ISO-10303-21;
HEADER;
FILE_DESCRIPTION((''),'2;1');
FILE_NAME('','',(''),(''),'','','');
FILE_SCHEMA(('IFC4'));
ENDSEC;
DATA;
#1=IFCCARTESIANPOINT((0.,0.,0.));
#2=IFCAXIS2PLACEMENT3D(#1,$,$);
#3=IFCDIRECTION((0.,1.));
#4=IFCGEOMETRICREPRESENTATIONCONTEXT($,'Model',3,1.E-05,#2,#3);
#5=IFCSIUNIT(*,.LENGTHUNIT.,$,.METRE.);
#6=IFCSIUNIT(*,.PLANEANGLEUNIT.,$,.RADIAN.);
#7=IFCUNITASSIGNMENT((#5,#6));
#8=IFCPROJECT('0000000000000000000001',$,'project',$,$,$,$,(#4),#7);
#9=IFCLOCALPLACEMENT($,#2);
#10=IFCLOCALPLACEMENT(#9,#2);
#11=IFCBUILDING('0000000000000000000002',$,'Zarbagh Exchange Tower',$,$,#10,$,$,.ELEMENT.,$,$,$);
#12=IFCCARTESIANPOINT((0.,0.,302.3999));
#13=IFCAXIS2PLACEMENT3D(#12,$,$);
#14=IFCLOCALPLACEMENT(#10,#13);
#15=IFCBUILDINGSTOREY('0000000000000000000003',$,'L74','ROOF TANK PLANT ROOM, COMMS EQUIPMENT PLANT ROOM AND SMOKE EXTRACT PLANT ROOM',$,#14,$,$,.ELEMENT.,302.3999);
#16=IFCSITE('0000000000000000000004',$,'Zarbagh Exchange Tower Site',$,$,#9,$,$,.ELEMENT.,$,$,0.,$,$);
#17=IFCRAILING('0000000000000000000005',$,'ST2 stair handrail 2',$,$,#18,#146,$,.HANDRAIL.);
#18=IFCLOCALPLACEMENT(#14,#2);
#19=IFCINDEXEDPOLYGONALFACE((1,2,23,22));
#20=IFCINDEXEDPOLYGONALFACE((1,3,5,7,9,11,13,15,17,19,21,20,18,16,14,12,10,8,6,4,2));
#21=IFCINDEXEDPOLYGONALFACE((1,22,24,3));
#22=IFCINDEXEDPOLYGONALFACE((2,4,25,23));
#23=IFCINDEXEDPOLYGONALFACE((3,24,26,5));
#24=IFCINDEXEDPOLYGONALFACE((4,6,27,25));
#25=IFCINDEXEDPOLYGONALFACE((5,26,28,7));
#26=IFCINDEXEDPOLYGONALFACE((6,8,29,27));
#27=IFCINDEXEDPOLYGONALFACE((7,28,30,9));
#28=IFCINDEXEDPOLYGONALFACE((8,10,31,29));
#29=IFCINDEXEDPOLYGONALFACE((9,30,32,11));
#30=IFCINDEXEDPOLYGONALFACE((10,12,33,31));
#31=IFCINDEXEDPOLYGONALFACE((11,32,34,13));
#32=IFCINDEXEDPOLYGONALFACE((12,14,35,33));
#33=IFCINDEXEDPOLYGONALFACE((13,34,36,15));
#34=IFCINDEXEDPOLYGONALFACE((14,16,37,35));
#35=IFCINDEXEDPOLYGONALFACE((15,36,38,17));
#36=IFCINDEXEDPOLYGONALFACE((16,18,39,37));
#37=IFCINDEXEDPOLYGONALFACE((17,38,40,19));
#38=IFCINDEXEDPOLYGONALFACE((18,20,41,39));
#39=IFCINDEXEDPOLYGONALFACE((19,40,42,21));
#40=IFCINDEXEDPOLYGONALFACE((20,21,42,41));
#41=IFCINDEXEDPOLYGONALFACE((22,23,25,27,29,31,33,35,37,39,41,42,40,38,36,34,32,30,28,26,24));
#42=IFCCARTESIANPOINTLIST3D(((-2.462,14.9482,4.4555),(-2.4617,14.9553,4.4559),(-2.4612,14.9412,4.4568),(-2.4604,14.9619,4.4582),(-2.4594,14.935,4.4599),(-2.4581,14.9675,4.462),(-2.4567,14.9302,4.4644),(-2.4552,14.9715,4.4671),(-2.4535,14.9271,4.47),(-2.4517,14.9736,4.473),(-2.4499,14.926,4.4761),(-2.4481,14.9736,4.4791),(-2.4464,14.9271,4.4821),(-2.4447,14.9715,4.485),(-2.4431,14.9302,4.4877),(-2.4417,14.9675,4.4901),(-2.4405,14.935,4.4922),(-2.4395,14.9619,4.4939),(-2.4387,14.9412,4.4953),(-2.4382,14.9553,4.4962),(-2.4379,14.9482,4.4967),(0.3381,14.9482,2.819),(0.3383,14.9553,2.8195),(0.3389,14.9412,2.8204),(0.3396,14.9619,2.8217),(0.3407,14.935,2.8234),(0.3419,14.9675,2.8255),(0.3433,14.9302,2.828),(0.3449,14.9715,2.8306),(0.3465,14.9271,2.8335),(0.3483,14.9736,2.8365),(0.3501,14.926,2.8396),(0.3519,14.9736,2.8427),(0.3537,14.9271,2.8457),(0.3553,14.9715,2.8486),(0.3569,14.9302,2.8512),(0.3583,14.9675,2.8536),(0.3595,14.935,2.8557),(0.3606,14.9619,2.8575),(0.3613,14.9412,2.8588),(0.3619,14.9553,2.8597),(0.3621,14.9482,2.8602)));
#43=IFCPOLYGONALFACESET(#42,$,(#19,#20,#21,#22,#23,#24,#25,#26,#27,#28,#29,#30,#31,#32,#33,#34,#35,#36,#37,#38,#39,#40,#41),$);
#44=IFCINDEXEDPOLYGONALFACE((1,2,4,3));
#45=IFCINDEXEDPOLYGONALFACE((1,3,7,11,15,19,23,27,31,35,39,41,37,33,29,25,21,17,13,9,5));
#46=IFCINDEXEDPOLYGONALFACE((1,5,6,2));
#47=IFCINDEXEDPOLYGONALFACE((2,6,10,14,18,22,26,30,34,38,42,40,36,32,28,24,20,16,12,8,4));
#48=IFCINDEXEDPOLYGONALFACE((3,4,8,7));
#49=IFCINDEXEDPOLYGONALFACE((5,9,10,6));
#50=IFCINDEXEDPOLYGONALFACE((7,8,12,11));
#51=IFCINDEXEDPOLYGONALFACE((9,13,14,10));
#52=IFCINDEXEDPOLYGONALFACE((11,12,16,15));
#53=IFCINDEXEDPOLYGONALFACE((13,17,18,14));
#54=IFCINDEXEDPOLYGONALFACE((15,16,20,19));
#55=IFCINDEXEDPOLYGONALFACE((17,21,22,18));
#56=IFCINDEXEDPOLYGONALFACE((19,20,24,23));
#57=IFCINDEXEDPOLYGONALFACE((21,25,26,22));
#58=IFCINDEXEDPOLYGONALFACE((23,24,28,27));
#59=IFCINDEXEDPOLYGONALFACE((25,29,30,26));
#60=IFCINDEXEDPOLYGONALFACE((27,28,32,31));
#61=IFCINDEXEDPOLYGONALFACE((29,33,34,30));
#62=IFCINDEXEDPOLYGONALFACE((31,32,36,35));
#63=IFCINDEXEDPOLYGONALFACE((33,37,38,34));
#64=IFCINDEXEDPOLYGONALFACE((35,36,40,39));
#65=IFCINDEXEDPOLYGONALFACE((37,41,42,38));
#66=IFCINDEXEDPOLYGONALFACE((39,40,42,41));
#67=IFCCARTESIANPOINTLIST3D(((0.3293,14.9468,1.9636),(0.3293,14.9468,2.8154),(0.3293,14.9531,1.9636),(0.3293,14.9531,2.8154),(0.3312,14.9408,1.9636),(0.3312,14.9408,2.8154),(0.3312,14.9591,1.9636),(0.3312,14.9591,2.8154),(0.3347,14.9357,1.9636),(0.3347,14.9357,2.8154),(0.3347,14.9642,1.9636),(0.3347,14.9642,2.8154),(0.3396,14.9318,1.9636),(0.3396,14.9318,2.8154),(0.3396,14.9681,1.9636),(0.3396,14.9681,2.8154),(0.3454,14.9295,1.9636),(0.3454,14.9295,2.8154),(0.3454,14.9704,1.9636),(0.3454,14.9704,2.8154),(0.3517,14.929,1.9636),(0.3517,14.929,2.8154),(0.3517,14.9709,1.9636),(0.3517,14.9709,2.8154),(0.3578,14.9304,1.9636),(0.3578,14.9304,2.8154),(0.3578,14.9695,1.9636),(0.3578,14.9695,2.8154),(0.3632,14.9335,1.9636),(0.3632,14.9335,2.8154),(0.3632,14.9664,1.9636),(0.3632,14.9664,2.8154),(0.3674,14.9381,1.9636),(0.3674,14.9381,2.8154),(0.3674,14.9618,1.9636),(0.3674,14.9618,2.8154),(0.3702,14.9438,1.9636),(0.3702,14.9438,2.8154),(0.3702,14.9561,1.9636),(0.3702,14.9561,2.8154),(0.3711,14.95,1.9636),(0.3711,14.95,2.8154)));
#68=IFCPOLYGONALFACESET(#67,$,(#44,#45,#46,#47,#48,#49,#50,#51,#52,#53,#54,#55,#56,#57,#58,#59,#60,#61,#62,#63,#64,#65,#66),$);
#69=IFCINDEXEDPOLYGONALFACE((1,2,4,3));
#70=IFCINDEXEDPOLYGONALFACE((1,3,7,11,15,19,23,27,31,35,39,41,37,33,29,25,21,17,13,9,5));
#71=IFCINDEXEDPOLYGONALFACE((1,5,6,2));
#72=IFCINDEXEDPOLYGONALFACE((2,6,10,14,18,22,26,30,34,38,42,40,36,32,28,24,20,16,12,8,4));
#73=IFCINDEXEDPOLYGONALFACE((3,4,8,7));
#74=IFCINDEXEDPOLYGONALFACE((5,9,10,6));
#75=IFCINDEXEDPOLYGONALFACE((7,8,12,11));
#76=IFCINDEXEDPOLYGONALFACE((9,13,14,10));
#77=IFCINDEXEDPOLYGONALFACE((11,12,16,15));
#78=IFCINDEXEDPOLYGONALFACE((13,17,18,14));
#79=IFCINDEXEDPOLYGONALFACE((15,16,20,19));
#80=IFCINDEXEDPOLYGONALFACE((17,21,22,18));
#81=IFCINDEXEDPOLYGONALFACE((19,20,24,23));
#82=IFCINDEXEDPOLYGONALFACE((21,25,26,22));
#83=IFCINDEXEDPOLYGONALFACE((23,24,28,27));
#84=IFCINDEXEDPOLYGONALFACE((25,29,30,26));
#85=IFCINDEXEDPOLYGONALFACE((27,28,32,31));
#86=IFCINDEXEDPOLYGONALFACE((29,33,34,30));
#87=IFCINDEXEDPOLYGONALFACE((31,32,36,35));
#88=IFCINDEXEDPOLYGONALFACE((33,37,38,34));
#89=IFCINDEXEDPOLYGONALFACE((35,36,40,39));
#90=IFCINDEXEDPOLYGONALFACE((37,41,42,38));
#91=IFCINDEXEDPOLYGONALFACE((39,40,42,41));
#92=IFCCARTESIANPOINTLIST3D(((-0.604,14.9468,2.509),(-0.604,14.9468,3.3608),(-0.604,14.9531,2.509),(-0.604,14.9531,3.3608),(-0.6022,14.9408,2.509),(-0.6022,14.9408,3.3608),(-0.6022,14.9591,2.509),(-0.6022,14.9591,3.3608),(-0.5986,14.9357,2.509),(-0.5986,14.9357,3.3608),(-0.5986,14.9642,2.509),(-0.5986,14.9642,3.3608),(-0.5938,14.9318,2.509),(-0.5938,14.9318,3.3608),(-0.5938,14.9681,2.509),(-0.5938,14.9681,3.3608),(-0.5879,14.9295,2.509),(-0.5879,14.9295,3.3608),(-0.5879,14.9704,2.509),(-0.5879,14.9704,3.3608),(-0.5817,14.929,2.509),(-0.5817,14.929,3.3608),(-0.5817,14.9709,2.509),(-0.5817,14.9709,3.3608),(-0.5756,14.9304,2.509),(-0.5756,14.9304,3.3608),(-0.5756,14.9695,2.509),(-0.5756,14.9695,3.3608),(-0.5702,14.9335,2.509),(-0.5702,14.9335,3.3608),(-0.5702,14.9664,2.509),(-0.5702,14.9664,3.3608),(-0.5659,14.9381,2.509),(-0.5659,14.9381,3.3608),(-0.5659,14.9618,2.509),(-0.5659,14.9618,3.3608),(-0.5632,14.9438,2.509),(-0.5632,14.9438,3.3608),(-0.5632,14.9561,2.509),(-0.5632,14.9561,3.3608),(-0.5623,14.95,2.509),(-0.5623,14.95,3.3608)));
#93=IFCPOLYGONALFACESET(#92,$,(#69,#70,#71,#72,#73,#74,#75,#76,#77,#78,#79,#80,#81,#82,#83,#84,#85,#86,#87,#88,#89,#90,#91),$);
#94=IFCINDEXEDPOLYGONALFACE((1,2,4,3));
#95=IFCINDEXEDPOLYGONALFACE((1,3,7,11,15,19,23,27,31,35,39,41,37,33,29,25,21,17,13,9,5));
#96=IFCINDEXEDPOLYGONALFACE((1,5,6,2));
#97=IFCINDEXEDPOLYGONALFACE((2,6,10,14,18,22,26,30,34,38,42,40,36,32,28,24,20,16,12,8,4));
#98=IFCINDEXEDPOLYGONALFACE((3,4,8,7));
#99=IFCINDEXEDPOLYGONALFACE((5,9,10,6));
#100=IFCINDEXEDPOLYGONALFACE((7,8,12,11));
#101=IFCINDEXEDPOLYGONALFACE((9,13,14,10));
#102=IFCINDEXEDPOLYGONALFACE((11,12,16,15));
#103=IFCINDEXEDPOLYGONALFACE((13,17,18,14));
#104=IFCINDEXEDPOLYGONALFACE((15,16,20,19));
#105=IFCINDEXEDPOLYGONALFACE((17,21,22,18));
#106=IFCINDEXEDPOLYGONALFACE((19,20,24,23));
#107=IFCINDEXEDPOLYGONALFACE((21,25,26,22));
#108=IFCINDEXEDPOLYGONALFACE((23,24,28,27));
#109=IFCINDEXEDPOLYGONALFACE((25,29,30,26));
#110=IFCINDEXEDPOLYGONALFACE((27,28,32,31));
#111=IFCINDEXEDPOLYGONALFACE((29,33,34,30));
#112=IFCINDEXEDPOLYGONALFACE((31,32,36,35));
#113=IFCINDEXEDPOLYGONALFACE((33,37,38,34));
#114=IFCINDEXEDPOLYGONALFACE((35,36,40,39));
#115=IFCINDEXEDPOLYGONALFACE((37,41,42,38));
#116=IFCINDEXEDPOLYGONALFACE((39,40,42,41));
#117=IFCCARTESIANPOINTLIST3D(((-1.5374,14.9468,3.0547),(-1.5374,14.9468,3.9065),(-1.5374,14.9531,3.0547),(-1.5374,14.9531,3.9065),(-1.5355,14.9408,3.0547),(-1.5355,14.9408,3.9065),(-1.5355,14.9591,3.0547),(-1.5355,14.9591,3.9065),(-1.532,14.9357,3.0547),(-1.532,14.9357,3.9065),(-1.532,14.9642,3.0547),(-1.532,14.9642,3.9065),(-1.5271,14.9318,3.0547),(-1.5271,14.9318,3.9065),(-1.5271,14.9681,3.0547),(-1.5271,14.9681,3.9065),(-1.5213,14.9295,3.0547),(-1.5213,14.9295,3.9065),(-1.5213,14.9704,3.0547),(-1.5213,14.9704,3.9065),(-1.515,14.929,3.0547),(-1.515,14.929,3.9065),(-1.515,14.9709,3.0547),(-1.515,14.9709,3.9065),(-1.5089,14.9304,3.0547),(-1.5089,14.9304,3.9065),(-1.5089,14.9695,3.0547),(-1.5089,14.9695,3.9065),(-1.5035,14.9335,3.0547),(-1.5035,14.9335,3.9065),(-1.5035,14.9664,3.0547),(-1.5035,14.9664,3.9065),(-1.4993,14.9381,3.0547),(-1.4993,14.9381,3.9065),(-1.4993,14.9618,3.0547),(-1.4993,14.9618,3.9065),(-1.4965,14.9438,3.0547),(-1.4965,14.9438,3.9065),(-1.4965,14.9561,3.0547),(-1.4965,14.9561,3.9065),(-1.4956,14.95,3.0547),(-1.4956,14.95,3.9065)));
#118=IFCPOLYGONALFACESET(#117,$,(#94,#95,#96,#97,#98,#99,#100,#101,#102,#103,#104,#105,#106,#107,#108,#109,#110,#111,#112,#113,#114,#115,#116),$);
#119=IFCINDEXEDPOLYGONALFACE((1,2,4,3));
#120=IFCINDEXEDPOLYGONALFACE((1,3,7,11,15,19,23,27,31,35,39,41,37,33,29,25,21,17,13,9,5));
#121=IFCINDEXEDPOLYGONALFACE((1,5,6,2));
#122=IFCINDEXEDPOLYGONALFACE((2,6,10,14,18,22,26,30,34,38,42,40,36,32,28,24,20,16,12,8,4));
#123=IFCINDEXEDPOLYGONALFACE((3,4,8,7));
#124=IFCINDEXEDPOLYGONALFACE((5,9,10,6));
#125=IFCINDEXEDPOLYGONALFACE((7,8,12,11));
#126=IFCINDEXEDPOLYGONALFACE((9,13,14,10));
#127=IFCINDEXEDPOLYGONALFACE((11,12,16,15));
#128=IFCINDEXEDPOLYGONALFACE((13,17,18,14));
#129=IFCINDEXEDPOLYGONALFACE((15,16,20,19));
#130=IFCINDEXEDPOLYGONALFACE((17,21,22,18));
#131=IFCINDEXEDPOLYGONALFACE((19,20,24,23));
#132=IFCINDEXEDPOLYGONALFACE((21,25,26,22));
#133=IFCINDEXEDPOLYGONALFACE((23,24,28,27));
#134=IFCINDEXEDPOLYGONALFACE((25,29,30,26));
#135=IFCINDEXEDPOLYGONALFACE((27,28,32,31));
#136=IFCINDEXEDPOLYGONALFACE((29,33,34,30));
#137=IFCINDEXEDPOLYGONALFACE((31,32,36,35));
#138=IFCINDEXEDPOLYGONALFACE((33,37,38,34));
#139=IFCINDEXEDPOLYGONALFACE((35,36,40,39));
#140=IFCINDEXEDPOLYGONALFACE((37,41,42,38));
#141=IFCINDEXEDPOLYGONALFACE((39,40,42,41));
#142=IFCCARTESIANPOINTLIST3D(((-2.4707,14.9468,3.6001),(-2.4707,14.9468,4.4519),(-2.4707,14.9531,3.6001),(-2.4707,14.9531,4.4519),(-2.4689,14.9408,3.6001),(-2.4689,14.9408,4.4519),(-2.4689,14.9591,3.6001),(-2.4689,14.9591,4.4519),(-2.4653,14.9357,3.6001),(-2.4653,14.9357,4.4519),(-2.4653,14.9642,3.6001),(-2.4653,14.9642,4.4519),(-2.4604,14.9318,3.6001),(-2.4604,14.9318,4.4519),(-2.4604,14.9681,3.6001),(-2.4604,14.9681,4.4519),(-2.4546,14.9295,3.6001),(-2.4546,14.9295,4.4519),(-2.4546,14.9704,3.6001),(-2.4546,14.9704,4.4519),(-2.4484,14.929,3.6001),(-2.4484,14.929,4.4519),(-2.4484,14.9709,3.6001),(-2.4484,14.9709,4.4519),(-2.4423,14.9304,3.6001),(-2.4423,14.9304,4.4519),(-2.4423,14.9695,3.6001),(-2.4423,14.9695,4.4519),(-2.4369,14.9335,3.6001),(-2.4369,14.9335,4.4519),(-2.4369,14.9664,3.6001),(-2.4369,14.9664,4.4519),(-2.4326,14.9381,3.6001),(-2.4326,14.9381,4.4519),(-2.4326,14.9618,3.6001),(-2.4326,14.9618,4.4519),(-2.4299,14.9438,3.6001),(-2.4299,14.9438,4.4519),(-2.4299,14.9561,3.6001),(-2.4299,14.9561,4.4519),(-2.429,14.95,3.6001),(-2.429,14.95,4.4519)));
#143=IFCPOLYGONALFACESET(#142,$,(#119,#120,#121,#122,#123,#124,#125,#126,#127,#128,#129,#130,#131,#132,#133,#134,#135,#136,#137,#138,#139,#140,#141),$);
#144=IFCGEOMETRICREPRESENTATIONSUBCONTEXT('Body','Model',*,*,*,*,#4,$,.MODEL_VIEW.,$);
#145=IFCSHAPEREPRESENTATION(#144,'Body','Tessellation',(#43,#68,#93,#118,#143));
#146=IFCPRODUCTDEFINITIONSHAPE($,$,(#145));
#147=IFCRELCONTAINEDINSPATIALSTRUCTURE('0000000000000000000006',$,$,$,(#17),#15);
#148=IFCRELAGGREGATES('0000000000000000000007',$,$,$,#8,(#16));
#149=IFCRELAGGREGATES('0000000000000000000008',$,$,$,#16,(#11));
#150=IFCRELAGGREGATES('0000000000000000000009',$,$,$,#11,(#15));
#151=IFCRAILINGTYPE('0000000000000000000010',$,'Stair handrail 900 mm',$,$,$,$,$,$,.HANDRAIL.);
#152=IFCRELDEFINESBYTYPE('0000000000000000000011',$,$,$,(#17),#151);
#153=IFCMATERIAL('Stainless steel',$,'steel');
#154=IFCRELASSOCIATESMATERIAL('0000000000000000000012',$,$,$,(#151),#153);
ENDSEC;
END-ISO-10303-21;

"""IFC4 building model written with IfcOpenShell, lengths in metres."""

from ifc_helpers import new_model, si_unit, direction, frame, origin, origin_2d, place, context, subcontext, project, spatial, circle, extrude, material, type_object, element, save


model = new_model("IFC4")

# Units and contexts
model_context = context("Model", 3, precision=1e-05, world=origin(), true_north=direction((0.0, 1.0)))
body_context = subcontext(model_context, "Body", "Model", "MODEL_VIEW")
ifc_project = project(units=[si_unit("LENGTHUNIT", "METRE"), si_unit("PLANEANGLEUNIT", "RADIAN")], contexts=[model_context])

# Site, building, storey
site_placement = place(None, origin())
site = spatial("IfcSite", under=ifc_project, at=site_placement, Name="Zarbagh Exchange Tower Site", CompositionType="ELEMENT", RefElevation=0.0)
building_placement = place(site_placement, origin())
building = spatial("IfcBuilding", under=site, at=building_placement, Name="Zarbagh Exchange Tower", CompositionType="ELEMENT")
storey_placement = place(building_placement, frame((0.0, 0.0, 302.3999)))
storey = spatial("IfcBuildingStorey", under=building, at=storey_placement, Name="L74", Description="ROOF TANK PLANT ROOM, COMMS EQUIPMENT PLANT ROOM AND SMOKE EXTRACT PLANT ROOM", CompositionType="ELEMENT", Elevation=302.3999)

# Railing
ifc_material_1 = material(Name="Stainless steel", Category="steel")
railing_type_1 = type_object("IfcRailingType", Name="Stair handrail 900 mm", PredefinedType="HANDRAIL", material=ifc_material_1)
railing_1_placement = place(storey_placement, frame((0.3501, 14.95, 1.9636)))
element("IfcRailing", 1, at=railing_1_placement, inside=storey, type_object=railing_type_1, Name="ST2 stair handrail 2", PredefinedType="HANDRAIL", context=body_context, shape_type="SweptSolid", body=[
    extrude(circle(Radius=0.0239, at=origin_2d()), frame((0.0, 0.0, 0.876), z_axis=(-0.863361, 0.0, 0.504587), x_axis=(0.0, -1.0, 0.0)), (0.0, 0.0, 1.0), 3.2432),
    extrude(circle(Radius=0.021, at=origin_2d()), origin(), (0.0, 0.0, 1.0), 0.8518),
    extrude(circle(Radius=0.021, at=origin_2d()), frame((-0.9333, 0.0, 0.5454)), (0.0, 0.0, 1.0), 0.8518),
    extrude(circle(Radius=0.021, at=origin_2d()), frame((-1.8667, 0.0, 1.0911)), (0.0, 0.0, 1.0), 0.8518),
    extrude(circle(Radius=0.021, at=origin_2d()), frame((-2.8, 0.0, 1.6365)), (0.0, 0.0, 1.0), 0.8518),
])

save(model, "model.ifc")
